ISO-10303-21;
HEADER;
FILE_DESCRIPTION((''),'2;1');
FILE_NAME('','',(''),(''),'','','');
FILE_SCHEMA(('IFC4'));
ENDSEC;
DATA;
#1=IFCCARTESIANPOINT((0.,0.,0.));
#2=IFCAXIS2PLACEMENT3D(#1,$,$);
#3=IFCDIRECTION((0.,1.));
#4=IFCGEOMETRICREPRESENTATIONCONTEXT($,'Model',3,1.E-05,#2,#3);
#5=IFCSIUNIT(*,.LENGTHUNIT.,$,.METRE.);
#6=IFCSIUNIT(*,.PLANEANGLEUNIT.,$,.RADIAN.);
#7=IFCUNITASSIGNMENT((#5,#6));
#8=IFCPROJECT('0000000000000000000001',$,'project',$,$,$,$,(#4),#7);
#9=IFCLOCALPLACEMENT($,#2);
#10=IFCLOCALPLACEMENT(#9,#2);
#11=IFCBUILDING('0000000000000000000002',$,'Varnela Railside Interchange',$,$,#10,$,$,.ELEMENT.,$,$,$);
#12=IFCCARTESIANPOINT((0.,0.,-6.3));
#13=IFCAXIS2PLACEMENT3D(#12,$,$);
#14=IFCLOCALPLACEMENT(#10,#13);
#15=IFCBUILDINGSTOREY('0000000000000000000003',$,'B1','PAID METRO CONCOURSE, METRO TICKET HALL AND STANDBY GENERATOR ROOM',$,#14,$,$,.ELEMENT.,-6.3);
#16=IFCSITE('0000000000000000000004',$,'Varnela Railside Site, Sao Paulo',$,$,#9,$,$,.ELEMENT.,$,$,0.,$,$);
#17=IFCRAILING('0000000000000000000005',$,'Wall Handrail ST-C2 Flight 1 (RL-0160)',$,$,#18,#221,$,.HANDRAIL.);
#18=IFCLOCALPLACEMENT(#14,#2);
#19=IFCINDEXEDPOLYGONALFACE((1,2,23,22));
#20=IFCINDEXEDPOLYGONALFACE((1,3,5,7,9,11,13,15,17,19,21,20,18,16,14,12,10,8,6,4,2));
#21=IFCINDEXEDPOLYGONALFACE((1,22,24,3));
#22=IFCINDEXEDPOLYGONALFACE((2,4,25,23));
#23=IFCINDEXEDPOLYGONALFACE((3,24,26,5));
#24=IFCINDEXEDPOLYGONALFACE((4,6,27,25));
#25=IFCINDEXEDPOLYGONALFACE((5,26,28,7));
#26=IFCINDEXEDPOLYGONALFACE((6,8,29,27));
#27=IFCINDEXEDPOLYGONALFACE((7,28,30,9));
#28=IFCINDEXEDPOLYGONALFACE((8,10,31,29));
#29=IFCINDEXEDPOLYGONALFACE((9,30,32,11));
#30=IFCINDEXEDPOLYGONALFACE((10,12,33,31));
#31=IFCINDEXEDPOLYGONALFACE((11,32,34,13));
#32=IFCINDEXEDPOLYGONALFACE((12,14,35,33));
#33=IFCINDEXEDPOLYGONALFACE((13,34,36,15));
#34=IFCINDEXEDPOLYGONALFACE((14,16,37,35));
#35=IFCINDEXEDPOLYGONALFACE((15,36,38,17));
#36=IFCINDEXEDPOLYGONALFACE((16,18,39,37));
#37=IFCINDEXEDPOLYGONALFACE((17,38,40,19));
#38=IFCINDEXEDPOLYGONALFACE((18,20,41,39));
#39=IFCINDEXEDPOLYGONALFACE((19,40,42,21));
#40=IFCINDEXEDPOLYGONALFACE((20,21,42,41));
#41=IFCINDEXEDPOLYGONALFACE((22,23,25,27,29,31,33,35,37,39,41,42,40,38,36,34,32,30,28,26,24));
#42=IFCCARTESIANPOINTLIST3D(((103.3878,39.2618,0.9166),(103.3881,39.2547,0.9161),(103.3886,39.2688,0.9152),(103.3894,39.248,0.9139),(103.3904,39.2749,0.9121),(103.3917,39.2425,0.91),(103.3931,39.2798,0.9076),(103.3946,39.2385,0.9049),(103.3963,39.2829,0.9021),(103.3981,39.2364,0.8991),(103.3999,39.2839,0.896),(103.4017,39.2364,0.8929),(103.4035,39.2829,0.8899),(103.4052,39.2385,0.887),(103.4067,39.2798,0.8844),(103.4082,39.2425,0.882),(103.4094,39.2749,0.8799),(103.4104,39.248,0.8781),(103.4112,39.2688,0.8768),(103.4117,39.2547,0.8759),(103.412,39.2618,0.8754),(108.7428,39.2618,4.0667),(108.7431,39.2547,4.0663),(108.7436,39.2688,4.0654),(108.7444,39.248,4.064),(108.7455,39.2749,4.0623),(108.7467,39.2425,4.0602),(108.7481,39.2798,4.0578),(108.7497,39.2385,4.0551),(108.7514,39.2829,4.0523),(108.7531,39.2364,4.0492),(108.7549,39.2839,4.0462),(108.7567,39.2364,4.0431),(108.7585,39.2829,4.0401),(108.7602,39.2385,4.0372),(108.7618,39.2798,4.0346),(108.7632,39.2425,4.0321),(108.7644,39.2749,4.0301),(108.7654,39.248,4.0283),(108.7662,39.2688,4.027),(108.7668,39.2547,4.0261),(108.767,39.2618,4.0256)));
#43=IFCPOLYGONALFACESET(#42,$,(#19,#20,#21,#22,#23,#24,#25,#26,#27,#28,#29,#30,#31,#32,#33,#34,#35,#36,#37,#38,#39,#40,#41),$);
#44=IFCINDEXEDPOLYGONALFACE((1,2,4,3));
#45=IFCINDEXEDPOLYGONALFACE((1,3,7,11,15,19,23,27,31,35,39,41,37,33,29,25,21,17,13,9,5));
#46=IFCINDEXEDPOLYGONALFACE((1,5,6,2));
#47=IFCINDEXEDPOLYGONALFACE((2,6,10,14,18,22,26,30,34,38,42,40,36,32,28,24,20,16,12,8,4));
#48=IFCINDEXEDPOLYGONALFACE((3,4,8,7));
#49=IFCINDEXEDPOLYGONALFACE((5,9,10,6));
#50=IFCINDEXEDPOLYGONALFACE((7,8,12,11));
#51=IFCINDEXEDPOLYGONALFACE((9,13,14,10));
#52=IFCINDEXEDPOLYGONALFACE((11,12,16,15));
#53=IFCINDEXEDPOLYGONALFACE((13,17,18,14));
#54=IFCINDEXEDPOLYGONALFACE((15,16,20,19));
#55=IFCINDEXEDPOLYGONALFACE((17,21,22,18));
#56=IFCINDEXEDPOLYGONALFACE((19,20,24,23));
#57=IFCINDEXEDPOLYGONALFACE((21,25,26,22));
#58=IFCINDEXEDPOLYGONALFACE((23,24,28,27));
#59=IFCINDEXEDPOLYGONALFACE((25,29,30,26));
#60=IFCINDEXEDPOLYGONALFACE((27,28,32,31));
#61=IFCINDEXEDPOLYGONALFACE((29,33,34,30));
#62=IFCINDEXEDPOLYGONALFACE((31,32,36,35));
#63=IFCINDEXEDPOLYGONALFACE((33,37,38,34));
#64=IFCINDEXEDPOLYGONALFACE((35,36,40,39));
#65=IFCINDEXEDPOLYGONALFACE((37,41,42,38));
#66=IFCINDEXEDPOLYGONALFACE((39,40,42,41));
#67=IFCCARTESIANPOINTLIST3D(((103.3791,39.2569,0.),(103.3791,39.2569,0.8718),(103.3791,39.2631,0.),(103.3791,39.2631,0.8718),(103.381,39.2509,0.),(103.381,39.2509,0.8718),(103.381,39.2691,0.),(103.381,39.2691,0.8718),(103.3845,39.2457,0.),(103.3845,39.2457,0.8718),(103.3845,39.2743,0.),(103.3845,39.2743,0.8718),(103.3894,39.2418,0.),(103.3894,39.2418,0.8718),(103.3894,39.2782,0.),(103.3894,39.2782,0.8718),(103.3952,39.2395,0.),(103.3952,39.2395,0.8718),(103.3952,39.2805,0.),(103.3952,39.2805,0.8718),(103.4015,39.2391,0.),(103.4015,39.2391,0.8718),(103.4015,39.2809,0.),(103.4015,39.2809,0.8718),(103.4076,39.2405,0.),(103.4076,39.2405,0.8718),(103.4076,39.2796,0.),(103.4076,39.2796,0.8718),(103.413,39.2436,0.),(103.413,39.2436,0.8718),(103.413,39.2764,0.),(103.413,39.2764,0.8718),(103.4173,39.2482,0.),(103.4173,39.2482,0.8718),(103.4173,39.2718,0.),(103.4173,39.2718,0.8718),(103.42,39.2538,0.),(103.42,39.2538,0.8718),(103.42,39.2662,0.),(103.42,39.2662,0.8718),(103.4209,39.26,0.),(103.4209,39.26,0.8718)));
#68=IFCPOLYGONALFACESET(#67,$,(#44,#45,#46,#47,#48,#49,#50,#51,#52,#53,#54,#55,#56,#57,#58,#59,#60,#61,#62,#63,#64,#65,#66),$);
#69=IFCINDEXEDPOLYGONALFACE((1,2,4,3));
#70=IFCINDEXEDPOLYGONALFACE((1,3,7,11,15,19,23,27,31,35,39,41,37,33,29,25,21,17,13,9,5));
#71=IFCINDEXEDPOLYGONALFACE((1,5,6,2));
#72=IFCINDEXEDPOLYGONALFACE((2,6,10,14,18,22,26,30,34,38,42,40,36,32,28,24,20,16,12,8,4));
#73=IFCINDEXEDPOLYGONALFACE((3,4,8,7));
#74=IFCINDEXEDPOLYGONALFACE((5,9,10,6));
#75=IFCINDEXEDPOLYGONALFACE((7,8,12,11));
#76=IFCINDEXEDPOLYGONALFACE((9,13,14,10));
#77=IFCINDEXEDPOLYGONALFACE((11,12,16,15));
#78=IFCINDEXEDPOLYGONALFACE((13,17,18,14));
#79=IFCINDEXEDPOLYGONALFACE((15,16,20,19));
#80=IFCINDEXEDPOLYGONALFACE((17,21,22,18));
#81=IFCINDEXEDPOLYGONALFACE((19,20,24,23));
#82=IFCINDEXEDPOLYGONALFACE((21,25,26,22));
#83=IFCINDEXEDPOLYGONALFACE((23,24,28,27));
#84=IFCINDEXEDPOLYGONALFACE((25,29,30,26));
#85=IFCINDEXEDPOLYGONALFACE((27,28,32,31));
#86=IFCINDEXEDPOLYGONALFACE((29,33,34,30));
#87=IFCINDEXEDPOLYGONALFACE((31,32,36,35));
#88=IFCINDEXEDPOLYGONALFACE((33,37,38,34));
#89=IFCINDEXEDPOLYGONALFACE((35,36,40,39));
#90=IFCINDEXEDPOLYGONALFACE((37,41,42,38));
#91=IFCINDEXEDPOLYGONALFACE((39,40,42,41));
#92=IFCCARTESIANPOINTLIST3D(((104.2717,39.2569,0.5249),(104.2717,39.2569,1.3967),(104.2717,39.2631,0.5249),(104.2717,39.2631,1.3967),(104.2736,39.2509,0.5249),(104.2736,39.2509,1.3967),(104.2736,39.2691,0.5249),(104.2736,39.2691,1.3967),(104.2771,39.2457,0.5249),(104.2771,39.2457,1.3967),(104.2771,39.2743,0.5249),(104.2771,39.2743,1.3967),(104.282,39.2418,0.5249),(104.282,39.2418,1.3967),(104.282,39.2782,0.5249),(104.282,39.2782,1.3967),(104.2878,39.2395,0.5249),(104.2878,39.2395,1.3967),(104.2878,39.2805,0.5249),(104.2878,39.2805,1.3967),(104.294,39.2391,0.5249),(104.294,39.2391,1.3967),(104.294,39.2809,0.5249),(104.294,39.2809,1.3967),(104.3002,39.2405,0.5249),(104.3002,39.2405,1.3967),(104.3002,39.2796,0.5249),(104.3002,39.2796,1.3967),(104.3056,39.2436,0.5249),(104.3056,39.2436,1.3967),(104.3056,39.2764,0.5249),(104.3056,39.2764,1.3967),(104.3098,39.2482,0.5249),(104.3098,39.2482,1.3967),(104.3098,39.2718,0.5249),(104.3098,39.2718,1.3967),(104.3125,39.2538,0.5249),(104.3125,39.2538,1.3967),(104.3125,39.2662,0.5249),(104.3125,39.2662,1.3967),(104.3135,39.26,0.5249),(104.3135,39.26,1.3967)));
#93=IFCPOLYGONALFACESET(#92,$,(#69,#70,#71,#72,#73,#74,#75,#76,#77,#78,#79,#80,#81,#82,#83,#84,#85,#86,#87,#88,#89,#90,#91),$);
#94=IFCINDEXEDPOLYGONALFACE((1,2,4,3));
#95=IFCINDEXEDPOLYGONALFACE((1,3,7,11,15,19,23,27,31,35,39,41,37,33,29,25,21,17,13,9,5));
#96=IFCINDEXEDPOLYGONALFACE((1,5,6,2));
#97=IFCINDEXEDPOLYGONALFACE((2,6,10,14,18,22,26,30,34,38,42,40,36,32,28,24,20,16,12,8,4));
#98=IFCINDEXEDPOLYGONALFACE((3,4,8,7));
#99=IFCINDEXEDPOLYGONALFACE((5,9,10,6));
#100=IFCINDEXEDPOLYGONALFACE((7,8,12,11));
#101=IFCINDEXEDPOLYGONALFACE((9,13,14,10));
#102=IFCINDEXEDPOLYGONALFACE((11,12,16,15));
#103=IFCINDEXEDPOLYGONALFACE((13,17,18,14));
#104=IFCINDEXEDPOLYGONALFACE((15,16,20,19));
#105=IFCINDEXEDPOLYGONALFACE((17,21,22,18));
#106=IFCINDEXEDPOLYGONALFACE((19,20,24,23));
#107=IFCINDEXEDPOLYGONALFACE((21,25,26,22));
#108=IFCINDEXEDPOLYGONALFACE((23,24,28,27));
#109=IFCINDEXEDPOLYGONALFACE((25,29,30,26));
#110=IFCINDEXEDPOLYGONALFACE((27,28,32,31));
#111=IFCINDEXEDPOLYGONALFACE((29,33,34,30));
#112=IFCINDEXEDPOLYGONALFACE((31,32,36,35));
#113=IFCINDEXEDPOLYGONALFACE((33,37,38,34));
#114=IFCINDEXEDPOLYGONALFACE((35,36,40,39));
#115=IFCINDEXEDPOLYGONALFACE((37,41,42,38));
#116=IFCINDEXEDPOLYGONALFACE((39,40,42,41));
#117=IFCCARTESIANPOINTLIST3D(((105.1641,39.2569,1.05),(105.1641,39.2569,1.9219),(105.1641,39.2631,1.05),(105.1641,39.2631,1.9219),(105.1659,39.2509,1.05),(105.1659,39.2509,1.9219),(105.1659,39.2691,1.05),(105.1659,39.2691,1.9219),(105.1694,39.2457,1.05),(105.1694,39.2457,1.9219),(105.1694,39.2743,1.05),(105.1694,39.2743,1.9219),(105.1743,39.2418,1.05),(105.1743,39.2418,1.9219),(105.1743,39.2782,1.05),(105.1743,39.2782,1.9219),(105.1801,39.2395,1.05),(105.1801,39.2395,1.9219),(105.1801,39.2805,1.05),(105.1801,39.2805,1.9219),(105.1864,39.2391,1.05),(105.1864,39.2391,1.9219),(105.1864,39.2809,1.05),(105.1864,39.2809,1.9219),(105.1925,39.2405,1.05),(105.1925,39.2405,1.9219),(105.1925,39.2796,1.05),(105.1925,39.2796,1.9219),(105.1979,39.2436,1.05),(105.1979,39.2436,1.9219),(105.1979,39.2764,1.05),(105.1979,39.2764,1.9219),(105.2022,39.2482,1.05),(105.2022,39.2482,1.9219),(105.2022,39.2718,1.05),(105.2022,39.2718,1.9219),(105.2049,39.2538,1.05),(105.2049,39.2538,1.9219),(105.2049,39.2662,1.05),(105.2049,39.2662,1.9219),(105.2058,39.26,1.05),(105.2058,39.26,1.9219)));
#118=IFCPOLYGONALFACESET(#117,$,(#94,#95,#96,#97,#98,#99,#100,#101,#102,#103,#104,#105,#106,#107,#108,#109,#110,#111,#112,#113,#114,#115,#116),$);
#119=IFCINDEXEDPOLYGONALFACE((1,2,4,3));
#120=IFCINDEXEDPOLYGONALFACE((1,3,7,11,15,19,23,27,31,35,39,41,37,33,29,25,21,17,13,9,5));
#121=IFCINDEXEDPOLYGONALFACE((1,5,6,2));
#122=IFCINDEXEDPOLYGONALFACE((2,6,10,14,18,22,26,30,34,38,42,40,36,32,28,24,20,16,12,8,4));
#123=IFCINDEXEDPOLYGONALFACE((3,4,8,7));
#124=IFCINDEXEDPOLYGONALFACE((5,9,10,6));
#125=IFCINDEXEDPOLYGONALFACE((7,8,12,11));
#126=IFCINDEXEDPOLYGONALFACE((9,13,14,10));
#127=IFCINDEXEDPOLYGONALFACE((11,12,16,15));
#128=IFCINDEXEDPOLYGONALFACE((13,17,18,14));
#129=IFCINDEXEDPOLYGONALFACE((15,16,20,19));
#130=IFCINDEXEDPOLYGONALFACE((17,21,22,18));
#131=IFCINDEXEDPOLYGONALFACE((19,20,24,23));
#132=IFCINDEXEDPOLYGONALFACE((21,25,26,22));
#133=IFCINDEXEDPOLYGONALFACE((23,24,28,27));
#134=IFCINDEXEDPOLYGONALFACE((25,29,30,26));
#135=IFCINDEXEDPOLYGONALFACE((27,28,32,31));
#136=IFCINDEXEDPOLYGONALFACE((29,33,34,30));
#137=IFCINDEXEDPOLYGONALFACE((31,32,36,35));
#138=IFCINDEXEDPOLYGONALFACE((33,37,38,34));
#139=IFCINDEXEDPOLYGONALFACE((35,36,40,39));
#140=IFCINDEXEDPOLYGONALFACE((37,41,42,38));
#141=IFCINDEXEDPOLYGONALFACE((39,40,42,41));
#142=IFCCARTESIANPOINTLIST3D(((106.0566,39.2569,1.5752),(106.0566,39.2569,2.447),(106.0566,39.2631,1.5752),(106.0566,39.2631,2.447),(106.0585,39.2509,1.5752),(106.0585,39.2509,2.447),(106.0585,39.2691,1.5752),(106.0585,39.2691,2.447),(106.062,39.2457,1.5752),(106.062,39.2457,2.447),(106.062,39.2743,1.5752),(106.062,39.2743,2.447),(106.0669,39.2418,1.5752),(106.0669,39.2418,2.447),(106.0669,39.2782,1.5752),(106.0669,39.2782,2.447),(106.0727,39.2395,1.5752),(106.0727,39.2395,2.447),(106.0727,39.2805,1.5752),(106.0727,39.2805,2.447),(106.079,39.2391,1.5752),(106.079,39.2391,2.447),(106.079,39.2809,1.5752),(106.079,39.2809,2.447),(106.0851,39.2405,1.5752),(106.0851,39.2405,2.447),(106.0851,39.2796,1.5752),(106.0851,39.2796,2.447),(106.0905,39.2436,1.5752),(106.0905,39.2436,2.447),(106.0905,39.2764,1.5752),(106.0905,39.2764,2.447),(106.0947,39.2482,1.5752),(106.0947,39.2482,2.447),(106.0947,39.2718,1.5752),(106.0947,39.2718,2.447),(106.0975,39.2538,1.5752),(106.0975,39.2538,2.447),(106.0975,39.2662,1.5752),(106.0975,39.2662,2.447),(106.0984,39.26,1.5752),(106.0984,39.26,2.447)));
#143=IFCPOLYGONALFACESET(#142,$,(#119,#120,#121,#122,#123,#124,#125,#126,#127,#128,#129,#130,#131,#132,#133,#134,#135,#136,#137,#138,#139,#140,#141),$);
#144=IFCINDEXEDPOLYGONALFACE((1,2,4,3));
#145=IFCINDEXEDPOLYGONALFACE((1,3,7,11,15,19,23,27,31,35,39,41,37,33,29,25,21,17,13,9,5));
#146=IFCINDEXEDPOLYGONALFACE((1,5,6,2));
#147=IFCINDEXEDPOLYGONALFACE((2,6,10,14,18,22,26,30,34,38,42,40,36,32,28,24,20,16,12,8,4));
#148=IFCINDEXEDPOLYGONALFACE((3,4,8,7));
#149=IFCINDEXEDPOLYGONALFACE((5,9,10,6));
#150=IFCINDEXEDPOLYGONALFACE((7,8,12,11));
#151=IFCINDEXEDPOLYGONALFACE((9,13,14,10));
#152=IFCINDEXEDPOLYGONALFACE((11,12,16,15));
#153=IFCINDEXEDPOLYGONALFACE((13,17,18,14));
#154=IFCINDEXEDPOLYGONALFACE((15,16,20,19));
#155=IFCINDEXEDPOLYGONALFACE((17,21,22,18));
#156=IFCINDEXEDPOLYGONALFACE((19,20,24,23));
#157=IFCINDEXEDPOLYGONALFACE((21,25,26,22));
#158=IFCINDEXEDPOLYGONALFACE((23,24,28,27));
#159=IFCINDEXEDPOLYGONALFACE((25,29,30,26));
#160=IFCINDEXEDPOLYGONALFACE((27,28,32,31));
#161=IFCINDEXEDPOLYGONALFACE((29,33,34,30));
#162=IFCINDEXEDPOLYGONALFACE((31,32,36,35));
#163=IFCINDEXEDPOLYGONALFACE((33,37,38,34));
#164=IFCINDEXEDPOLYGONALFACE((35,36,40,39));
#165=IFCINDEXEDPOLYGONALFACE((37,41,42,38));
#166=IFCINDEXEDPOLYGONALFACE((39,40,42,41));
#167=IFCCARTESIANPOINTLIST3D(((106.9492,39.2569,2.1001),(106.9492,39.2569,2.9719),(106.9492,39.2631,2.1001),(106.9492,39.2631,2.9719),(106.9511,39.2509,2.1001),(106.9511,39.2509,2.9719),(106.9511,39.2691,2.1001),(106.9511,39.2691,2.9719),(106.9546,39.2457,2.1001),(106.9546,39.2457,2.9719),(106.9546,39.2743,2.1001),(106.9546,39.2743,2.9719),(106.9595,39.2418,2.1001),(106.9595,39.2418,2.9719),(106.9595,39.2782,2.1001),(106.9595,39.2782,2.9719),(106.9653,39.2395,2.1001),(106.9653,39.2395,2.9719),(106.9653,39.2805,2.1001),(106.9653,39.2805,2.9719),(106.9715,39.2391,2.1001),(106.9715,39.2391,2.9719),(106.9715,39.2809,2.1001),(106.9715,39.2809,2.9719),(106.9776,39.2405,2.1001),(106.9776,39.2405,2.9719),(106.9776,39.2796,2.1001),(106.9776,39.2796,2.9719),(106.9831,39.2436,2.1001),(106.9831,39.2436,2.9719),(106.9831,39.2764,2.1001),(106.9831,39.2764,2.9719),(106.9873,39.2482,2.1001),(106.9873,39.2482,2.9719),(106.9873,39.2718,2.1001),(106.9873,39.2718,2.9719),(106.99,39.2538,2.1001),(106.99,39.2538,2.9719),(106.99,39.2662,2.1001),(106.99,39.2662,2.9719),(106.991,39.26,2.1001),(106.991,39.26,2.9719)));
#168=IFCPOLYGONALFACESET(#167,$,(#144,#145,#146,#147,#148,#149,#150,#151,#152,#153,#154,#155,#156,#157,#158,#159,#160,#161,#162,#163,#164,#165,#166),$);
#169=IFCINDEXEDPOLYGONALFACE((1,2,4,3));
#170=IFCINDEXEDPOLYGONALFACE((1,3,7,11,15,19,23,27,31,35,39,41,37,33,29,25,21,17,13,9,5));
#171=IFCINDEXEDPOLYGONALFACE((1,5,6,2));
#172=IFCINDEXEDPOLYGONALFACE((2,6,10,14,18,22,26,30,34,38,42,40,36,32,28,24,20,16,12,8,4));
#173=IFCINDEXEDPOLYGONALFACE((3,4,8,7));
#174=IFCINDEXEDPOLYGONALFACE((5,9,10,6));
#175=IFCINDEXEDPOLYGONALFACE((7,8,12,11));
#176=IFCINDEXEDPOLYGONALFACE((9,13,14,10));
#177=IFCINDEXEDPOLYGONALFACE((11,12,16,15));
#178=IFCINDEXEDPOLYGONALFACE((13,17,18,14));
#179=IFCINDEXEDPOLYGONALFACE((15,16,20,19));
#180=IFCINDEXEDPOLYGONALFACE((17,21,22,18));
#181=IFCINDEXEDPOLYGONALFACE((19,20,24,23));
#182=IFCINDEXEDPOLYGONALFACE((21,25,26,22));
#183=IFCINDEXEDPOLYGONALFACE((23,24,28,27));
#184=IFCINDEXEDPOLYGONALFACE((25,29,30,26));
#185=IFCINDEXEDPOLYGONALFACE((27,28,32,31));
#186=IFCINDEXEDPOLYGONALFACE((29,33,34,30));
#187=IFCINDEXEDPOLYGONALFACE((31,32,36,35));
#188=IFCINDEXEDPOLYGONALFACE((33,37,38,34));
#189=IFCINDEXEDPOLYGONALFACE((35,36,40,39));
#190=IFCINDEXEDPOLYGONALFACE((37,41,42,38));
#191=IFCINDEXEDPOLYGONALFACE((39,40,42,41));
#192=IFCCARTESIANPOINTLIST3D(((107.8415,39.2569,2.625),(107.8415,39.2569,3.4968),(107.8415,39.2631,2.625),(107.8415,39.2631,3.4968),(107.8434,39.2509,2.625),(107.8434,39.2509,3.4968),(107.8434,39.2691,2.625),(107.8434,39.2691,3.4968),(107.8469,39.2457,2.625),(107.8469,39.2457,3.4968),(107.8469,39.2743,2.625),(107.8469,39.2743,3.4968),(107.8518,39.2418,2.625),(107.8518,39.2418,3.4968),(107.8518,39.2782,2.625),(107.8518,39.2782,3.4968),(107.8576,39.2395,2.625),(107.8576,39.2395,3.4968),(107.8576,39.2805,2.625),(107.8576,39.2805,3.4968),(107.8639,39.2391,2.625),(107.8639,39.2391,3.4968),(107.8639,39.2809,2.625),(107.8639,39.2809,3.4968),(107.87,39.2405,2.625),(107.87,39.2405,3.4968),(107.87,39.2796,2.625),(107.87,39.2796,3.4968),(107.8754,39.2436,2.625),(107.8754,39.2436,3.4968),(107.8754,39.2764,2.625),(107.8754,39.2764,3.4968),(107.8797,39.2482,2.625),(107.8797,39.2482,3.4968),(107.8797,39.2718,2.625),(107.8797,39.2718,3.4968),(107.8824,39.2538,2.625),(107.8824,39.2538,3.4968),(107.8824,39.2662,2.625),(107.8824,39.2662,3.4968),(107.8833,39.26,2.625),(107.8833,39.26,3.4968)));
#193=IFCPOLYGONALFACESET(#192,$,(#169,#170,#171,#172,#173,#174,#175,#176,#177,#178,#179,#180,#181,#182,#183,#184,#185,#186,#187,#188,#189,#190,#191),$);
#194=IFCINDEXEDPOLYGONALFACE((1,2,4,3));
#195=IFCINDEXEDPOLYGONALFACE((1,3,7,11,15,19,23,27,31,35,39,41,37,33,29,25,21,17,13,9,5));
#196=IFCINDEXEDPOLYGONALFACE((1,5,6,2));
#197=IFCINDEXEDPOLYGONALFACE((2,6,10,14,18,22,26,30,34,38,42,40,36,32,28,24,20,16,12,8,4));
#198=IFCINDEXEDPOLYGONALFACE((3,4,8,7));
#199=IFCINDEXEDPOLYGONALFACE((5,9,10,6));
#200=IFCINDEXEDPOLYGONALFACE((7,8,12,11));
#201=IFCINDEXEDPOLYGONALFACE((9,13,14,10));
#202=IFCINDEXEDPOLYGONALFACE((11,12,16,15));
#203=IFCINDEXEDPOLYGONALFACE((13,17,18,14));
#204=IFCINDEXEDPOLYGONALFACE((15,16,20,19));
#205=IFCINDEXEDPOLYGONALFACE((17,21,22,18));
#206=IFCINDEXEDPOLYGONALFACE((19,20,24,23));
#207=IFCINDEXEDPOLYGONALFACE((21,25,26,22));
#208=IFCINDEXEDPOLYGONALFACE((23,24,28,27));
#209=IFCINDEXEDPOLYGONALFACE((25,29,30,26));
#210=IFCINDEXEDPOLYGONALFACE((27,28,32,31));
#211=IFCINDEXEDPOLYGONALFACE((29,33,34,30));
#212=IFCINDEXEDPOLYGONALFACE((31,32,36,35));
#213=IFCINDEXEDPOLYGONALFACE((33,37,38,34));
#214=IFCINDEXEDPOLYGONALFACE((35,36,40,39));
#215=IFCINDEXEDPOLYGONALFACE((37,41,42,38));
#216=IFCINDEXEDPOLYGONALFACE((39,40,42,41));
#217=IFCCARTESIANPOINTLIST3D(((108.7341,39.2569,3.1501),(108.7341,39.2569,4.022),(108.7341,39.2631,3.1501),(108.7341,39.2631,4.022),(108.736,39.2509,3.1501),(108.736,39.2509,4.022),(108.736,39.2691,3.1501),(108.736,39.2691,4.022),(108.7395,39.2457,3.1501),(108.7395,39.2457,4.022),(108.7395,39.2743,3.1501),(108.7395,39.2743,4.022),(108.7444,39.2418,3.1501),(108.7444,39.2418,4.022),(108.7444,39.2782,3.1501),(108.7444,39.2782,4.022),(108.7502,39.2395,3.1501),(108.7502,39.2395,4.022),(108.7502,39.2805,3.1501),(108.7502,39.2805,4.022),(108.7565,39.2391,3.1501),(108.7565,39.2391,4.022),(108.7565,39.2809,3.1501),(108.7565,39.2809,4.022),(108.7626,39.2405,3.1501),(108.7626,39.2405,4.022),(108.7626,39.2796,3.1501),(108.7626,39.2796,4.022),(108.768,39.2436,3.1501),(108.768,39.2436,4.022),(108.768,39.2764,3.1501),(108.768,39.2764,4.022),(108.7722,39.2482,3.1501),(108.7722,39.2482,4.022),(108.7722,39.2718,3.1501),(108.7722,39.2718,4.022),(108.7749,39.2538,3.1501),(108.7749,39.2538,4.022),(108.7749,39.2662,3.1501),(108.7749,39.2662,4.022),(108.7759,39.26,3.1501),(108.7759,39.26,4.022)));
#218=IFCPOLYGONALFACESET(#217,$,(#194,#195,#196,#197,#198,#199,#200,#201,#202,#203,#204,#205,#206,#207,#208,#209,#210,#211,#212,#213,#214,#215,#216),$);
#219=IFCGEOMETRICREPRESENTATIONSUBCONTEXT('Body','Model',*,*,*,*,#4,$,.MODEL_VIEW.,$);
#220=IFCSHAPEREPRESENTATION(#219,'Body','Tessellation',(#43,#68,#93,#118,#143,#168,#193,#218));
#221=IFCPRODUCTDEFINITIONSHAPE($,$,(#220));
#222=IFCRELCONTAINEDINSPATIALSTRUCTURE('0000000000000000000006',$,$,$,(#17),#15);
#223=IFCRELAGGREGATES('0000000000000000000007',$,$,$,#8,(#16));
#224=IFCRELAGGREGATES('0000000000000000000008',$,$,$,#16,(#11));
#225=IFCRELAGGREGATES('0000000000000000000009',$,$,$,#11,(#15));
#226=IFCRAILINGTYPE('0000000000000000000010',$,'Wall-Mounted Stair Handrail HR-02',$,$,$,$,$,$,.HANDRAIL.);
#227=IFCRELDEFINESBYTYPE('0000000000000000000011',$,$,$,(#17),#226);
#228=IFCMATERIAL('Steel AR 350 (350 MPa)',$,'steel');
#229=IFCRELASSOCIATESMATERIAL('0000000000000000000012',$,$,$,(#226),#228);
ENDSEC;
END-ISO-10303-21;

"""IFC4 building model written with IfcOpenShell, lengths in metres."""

from ifc_helpers import new_model, si_unit, direction, frame, origin, origin_2d, place, context, subcontext, project, spatial, circle, extrude, material, type_object, element, save


model = new_model("IFC4")

# Units and contexts
model_context = context("Model", 3, precision=1e-05, world=origin(), true_north=direction((0.0, 1.0)))
body_context = subcontext(model_context, "Body", "Model", "MODEL_VIEW")
ifc_project = project(units=[si_unit("LENGTHUNIT", "METRE"), si_unit("PLANEANGLEUNIT", "RADIAN")], contexts=[model_context])

# Site, building, storey
site_placement = place(None, origin())
site = spatial("IfcSite", under=ifc_project, at=site_placement, Name="Varnela Railside Site, Sao Paulo", CompositionType="ELEMENT", RefElevation=0.0)
building_placement = place(site_placement, origin())
building = spatial("IfcBuilding", under=site, at=building_placement, Name="Varnela Railside Interchange", CompositionType="ELEMENT")
storey_placement = place(building_placement, frame((0.0, 0.0, -6.3)))
storey = spatial("IfcBuildingStorey", under=building, at=storey_placement, Name="B1", Description="PAID METRO CONCOURSE, METRO TICKET HALL AND STANDBY GENERATOR ROOM", CompositionType="ELEMENT", Elevation=-6.3)

# Shared definitions
ifc_material_1 = material(Name="Steel AR 350 (350 MPa)", Category="steel")

# Railing
railing_type_1 = type_object("IfcRailingType", Name="Wall-Mounted Stair Handrail HR-02", PredefinedType="HANDRAIL", material=ifc_material_1)
railing_1_placement = place(storey_placement, frame((103.3999, 39.26, 0.0)))
element("IfcRailing", 1, at=railing_1_placement, inside=storey, type_object=railing_type_1, Name="Wall Handrail ST-C2 Flight 1 (RL-0160)", PredefinedType="HANDRAIL", context=body_context, shape_type="SweptSolid", body=[
    extrude(circle(Radius=0.0239, at=origin_2d()), frame((0.0, 0.0, 0.896), z_axis=(0.861923, 0.0, 0.507039), x_axis=(0.0, 1.0, 0.0)), (0.0, 0.0, 1.0), 6.2129),
    extrude(circle(Radius=0.021, at=origin_2d()), origin(), (0.0, 0.0, 1.0), 0.8718),
    extrude(circle(Radius=0.021, at=origin_2d()), frame((0.8926, 0.0, 0.5249)), (0.0, 0.0, 1.0), 0.8718),
    extrude(circle(Radius=0.021, at=origin_2d()), frame((1.7849, 0.0, 1.05)), (0.0, 0.0, 1.0), 0.8718),
    extrude(circle(Radius=0.021, at=origin_2d()), frame((2.6775, 0.0, 1.5752)), (0.0, 0.0, 1.0), 0.8718),
    extrude(circle(Radius=0.021, at=origin_2d()), frame((3.5701, 0.0, 2.1001)), (0.0, 0.0, 1.0), 0.8718),
    extrude(circle(Radius=0.021, at=origin_2d()), frame((4.4624, 0.0, 2.625)), (0.0, 0.0, 1.0), 0.8718),
    extrude(circle(Radius=0.021, at=origin_2d()), frame((5.355, 0.0, 3.1501)), (0.0, 0.0, 1.0), 0.8718),
])

save(model, "model.ifc")
